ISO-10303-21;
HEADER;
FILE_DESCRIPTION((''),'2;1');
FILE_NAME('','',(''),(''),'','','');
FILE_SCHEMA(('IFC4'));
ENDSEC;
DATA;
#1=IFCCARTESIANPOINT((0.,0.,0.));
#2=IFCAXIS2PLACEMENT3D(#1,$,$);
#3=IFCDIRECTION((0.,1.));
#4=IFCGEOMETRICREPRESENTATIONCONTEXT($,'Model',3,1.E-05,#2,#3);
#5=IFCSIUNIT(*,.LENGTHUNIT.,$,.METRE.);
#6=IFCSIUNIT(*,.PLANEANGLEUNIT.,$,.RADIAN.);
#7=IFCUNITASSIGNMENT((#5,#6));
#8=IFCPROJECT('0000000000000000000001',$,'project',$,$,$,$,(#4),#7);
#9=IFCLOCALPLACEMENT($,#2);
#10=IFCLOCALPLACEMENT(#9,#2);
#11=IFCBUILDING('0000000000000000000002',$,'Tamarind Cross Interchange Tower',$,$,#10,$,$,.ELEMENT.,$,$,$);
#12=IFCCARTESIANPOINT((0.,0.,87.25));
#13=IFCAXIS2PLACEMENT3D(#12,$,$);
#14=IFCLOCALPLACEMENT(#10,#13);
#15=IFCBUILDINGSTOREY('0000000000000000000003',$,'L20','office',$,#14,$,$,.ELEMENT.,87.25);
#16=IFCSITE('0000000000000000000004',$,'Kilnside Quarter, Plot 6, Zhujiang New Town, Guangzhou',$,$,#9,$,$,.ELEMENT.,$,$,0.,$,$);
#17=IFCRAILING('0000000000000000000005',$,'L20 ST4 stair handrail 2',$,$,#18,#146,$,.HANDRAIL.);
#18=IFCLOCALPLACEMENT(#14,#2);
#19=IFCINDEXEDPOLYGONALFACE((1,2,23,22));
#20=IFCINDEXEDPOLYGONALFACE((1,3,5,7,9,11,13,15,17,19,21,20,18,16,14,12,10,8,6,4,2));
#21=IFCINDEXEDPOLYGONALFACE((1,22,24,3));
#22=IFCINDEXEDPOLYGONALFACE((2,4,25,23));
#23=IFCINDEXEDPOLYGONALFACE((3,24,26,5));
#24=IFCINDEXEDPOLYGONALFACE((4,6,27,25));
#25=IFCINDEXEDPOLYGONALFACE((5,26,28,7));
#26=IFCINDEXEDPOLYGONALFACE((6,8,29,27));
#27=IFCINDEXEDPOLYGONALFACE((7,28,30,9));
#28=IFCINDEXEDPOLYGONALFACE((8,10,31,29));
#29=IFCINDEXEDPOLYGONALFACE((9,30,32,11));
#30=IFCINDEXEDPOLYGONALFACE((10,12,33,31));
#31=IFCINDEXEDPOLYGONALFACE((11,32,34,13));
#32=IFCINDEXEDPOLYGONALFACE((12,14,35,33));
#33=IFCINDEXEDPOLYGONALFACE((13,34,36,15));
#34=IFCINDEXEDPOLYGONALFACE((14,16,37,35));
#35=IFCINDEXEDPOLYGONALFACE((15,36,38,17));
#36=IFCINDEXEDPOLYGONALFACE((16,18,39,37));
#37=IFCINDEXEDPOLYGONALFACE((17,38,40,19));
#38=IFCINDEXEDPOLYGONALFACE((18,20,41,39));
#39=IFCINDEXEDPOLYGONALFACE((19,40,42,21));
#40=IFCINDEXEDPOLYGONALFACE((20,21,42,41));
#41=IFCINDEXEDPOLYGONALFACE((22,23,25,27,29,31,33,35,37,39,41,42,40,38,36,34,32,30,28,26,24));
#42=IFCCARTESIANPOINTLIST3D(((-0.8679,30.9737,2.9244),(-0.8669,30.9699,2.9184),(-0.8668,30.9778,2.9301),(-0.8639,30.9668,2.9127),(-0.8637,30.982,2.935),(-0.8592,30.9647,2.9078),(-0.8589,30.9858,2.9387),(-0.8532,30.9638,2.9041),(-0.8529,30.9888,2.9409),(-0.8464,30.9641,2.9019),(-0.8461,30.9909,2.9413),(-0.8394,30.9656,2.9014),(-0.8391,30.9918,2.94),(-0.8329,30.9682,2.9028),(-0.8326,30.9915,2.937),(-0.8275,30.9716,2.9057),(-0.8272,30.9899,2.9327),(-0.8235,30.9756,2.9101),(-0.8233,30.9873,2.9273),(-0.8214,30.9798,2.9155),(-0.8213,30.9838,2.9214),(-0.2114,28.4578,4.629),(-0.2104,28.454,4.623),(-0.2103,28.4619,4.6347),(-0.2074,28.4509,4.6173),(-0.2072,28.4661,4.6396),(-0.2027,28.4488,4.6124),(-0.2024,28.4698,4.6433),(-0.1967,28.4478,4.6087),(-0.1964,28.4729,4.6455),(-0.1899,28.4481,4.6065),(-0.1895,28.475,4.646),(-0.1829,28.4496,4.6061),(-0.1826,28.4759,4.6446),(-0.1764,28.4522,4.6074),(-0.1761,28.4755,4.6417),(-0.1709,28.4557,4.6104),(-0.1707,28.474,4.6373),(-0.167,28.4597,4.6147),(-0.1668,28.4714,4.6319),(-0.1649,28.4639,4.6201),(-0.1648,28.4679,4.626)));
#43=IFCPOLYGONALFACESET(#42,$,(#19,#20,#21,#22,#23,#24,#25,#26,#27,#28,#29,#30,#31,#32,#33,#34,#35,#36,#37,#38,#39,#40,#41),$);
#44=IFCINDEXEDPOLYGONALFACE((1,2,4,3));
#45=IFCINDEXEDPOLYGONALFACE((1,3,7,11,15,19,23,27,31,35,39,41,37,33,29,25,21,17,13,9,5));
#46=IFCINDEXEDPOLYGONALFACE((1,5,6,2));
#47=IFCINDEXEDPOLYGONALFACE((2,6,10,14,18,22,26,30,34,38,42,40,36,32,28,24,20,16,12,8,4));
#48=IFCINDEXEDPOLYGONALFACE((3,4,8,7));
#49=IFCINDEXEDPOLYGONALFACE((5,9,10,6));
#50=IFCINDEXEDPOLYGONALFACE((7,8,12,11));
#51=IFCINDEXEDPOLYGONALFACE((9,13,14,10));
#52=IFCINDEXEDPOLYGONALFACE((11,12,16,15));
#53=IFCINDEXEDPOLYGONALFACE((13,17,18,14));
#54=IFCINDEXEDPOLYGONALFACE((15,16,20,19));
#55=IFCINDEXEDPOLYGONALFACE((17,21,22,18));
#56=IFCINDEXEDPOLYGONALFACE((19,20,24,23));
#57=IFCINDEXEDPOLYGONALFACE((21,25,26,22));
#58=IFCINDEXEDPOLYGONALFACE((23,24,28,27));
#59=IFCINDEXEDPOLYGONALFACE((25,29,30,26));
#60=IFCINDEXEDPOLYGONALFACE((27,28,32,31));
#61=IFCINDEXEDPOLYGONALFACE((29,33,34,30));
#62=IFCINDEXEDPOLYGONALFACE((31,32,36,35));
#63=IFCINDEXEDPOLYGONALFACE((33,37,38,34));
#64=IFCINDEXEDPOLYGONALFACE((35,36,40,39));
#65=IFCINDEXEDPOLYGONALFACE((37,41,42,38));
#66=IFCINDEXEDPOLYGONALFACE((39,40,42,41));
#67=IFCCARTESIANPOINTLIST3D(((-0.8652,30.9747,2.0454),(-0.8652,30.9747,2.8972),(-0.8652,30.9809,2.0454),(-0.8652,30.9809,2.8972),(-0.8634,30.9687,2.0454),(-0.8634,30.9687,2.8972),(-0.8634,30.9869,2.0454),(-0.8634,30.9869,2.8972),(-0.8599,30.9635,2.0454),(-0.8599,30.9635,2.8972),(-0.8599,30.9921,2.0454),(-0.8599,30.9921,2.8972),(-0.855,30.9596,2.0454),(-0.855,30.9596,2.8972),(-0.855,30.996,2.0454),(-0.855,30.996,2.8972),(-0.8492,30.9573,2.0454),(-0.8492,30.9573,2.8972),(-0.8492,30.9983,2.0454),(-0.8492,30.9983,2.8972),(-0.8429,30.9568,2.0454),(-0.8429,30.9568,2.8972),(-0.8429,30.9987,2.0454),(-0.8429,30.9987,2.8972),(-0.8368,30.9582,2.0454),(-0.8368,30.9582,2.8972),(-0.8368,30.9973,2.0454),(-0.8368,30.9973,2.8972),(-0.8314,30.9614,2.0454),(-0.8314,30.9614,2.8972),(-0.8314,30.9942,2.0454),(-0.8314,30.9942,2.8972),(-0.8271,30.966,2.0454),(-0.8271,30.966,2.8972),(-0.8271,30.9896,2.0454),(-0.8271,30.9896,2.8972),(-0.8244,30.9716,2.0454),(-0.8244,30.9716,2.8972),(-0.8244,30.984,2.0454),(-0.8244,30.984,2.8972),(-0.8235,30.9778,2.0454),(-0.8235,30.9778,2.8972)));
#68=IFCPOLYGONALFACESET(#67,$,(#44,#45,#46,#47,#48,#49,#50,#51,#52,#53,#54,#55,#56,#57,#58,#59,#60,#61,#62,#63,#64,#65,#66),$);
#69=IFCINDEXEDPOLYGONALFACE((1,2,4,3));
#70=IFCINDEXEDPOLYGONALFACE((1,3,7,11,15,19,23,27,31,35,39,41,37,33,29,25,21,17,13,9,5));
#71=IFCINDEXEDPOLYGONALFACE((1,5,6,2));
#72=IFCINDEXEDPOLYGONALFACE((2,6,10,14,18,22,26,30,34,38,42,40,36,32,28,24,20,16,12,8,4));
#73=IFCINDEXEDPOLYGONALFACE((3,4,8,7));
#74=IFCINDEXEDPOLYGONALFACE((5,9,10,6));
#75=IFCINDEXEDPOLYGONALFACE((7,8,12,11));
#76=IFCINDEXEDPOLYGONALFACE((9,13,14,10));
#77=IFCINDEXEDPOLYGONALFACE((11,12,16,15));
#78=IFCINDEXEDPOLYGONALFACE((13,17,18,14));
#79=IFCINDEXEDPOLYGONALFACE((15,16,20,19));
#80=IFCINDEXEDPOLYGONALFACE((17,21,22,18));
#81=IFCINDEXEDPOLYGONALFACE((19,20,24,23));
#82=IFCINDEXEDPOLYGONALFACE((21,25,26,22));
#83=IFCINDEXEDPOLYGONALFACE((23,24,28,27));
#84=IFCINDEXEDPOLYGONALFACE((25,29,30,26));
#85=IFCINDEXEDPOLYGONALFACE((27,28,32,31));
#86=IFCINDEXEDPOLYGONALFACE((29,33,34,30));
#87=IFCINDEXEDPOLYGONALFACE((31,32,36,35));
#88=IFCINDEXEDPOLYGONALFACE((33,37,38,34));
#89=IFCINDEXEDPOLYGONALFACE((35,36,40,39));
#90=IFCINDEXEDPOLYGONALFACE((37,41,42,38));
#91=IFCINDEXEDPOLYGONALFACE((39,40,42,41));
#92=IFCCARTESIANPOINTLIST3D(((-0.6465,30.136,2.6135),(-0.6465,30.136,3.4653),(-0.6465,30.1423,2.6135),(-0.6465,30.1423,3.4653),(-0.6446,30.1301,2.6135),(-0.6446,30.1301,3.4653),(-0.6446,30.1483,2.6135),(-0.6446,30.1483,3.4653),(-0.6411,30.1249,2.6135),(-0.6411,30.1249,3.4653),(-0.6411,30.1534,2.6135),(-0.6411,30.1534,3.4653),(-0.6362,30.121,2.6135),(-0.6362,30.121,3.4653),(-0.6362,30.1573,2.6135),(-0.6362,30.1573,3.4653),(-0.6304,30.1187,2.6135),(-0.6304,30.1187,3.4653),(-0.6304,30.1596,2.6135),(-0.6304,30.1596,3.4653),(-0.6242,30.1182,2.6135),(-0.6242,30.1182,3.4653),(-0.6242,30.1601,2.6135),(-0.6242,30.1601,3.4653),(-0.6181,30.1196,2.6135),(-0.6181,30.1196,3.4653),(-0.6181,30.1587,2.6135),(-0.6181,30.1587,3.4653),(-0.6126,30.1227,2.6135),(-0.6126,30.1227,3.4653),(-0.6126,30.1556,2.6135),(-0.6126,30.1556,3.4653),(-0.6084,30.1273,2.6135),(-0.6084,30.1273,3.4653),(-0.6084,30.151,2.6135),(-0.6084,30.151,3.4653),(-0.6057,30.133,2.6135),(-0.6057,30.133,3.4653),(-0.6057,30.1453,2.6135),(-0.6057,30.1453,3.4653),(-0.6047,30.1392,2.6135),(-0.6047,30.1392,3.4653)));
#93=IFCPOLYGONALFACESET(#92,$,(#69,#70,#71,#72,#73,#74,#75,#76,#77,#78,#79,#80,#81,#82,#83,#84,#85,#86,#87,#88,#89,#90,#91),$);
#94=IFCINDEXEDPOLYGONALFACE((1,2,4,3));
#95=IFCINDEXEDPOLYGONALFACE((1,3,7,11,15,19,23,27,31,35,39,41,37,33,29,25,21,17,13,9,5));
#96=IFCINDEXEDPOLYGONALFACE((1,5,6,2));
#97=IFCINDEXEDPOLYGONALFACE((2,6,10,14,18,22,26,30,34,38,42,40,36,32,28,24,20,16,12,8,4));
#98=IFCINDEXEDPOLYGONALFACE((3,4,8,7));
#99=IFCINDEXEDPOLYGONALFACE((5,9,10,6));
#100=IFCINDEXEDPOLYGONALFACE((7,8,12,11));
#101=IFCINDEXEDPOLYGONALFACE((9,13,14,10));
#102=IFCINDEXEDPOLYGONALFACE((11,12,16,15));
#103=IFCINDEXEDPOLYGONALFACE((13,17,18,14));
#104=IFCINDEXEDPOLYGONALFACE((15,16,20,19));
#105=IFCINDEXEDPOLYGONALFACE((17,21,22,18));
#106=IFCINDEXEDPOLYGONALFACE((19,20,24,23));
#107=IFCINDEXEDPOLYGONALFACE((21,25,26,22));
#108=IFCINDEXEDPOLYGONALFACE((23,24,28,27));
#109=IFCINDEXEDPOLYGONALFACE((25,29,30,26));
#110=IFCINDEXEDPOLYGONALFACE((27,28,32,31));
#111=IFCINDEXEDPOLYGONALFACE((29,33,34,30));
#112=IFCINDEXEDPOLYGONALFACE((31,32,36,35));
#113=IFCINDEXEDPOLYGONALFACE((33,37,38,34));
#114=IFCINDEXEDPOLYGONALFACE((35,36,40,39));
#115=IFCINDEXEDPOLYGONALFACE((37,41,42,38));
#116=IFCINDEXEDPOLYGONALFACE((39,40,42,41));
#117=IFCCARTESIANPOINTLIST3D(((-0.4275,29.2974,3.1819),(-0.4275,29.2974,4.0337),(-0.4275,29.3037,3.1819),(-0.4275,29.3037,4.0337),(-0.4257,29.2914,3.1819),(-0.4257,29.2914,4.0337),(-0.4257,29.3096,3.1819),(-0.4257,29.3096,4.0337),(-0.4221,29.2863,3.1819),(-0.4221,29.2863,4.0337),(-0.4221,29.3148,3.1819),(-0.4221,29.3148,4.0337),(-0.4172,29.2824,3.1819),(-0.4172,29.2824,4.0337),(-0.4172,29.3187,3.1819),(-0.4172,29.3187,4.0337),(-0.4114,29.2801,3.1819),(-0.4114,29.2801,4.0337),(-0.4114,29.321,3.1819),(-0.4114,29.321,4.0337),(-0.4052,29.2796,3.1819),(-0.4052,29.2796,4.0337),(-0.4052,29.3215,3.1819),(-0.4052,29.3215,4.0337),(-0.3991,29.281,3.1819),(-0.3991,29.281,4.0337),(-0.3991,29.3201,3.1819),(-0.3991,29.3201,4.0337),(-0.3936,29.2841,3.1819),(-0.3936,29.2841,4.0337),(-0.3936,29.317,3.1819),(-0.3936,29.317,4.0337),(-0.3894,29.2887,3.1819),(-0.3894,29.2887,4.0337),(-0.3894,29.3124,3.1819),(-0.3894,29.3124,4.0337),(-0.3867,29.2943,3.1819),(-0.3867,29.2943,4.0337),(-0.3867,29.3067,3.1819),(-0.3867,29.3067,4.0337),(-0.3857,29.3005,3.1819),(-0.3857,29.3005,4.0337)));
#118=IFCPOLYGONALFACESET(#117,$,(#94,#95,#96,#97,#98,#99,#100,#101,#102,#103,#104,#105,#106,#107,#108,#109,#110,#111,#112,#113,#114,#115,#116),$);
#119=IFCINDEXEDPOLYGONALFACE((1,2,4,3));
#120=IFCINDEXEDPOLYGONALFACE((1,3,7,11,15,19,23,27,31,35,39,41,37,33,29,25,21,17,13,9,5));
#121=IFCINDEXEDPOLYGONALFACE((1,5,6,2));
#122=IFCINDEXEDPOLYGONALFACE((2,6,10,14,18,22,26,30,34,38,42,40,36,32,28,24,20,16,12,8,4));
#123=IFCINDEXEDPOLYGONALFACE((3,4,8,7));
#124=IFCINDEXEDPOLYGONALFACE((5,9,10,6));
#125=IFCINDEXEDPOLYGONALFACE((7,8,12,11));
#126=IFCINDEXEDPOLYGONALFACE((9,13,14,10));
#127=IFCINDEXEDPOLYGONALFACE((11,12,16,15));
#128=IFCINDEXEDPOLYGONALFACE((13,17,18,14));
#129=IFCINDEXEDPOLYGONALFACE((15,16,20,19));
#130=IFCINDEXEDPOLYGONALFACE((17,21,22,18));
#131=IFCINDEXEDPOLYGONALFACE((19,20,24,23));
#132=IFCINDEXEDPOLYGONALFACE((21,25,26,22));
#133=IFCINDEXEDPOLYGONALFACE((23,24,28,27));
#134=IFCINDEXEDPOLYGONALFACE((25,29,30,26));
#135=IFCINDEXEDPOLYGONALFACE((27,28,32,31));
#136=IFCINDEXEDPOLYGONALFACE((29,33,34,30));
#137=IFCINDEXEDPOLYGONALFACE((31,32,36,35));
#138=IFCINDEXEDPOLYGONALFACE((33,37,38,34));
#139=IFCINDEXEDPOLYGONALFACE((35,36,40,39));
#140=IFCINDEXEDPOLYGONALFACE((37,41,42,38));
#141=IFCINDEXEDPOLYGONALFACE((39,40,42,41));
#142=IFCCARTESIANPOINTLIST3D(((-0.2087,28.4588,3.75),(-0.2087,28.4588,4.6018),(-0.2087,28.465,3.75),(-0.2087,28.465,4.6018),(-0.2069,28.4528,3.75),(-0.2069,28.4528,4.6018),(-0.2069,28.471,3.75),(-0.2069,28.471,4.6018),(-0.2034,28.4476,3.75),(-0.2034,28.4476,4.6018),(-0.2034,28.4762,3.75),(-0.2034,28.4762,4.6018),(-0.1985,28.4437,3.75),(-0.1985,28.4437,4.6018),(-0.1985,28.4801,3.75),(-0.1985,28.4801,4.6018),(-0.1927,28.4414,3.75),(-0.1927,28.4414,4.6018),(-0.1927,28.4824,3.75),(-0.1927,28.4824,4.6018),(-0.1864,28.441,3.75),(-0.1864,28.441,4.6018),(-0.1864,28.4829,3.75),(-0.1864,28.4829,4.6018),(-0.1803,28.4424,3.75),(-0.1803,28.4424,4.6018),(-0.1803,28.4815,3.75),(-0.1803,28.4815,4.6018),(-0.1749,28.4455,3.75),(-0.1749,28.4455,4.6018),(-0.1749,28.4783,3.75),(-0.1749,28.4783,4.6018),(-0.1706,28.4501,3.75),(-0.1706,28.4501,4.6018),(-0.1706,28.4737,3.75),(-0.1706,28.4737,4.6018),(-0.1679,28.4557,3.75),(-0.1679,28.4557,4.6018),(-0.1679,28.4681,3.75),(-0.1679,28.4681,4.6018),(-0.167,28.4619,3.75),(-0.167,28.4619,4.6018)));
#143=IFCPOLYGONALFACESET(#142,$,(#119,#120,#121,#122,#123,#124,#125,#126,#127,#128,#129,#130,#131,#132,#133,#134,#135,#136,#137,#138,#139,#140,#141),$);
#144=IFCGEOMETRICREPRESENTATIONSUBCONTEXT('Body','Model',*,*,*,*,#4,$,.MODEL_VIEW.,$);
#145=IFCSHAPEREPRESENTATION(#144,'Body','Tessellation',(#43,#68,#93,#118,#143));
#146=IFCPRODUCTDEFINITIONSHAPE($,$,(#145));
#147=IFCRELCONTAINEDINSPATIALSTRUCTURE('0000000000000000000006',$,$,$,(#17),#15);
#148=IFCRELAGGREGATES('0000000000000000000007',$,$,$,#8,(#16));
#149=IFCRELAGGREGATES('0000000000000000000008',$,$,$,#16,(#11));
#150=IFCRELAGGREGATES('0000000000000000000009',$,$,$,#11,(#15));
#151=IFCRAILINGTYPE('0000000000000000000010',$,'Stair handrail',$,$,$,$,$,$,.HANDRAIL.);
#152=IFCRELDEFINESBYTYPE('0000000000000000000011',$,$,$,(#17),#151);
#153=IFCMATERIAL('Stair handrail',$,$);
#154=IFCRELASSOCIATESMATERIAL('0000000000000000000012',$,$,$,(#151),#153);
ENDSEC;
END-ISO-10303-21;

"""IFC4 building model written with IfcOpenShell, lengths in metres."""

from ifc_helpers import new_model, si_unit, direction, frame, origin, origin_2d, place, context, subcontext, project, spatial, circle, extrude, material, type_object, element, save


model = new_model("IFC4")

# Units and contexts
model_context = context("Model", 3, precision=1e-05, world=origin(), true_north=direction((0.0, 1.0)))
body_context = subcontext(model_context, "Body", "Model", "MODEL_VIEW")
ifc_project = project(units=[si_unit("LENGTHUNIT", "METRE"), si_unit("PLANEANGLEUNIT", "RADIAN")], contexts=[model_context])

# Site, building, storey
site_placement = place(None, origin())
site = spatial("IfcSite", under=ifc_project, at=site_placement, Name="Kilnside Quarter, Plot 6, Zhujiang New Town, Guangzhou", CompositionType="ELEMENT", RefElevation=0.0)
building_placement = place(site_placement, origin())
building = spatial("IfcBuilding", under=site, at=building_placement, Name="Tamarind Cross Interchange Tower", CompositionType="ELEMENT")
storey_placement = place(building_placement, frame((0.0, 0.0, 87.25)))
storey = spatial("IfcBuildingStorey", under=building, at=storey_placement, Name="L20", Description="office", CompositionType="ELEMENT", Elevation=87.25)

# Railing
ifc_material_1 = material(Name="Stair handrail")
railing_type = type_object("IfcRailingType", Name="Stair handrail", PredefinedType="HANDRAIL", material=ifc_material_1)
railing_placement = place(storey_placement, frame((-0.8445, 30.9778, 2.0454)))
element("IfcRailing", 1, at=railing_placement, inside=storey, type_object=railing_type, Name="L20 ST4 stair handrail 2", PredefinedType="HANDRAIL", context=body_context, shape_type="SweptSolid", body=[
    extrude(circle(Radius=0.0239, at=origin_2d()), frame((0.0, 0.0, 0.876), z_axis=(0.211156, -0.809208, 0.548267), x_axis=(0.9676, 0.252487, 0.0)), (0.0, 0.0, 1.0), 3.1091),
    extrude(circle(Radius=0.021, at=origin_2d()), origin(), (0.0, 0.0, 1.0), 0.8518),
    extrude(circle(Radius=0.021, at=origin_2d()), frame((0.2188, -0.8386, 0.5681)), (0.0, 0.0, 1.0), 0.8518),
    extrude(circle(Radius=0.021, at=origin_2d()), frame((0.4377, -1.6772, 1.1365)), (0.0, 0.0, 1.0), 0.8518),
    extrude(circle(Radius=0.021, at=origin_2d()), frame((0.6565, -2.5159, 1.7046)), (0.0, 0.0, 1.0), 0.8518),
])

save(model, "model.ifc")
